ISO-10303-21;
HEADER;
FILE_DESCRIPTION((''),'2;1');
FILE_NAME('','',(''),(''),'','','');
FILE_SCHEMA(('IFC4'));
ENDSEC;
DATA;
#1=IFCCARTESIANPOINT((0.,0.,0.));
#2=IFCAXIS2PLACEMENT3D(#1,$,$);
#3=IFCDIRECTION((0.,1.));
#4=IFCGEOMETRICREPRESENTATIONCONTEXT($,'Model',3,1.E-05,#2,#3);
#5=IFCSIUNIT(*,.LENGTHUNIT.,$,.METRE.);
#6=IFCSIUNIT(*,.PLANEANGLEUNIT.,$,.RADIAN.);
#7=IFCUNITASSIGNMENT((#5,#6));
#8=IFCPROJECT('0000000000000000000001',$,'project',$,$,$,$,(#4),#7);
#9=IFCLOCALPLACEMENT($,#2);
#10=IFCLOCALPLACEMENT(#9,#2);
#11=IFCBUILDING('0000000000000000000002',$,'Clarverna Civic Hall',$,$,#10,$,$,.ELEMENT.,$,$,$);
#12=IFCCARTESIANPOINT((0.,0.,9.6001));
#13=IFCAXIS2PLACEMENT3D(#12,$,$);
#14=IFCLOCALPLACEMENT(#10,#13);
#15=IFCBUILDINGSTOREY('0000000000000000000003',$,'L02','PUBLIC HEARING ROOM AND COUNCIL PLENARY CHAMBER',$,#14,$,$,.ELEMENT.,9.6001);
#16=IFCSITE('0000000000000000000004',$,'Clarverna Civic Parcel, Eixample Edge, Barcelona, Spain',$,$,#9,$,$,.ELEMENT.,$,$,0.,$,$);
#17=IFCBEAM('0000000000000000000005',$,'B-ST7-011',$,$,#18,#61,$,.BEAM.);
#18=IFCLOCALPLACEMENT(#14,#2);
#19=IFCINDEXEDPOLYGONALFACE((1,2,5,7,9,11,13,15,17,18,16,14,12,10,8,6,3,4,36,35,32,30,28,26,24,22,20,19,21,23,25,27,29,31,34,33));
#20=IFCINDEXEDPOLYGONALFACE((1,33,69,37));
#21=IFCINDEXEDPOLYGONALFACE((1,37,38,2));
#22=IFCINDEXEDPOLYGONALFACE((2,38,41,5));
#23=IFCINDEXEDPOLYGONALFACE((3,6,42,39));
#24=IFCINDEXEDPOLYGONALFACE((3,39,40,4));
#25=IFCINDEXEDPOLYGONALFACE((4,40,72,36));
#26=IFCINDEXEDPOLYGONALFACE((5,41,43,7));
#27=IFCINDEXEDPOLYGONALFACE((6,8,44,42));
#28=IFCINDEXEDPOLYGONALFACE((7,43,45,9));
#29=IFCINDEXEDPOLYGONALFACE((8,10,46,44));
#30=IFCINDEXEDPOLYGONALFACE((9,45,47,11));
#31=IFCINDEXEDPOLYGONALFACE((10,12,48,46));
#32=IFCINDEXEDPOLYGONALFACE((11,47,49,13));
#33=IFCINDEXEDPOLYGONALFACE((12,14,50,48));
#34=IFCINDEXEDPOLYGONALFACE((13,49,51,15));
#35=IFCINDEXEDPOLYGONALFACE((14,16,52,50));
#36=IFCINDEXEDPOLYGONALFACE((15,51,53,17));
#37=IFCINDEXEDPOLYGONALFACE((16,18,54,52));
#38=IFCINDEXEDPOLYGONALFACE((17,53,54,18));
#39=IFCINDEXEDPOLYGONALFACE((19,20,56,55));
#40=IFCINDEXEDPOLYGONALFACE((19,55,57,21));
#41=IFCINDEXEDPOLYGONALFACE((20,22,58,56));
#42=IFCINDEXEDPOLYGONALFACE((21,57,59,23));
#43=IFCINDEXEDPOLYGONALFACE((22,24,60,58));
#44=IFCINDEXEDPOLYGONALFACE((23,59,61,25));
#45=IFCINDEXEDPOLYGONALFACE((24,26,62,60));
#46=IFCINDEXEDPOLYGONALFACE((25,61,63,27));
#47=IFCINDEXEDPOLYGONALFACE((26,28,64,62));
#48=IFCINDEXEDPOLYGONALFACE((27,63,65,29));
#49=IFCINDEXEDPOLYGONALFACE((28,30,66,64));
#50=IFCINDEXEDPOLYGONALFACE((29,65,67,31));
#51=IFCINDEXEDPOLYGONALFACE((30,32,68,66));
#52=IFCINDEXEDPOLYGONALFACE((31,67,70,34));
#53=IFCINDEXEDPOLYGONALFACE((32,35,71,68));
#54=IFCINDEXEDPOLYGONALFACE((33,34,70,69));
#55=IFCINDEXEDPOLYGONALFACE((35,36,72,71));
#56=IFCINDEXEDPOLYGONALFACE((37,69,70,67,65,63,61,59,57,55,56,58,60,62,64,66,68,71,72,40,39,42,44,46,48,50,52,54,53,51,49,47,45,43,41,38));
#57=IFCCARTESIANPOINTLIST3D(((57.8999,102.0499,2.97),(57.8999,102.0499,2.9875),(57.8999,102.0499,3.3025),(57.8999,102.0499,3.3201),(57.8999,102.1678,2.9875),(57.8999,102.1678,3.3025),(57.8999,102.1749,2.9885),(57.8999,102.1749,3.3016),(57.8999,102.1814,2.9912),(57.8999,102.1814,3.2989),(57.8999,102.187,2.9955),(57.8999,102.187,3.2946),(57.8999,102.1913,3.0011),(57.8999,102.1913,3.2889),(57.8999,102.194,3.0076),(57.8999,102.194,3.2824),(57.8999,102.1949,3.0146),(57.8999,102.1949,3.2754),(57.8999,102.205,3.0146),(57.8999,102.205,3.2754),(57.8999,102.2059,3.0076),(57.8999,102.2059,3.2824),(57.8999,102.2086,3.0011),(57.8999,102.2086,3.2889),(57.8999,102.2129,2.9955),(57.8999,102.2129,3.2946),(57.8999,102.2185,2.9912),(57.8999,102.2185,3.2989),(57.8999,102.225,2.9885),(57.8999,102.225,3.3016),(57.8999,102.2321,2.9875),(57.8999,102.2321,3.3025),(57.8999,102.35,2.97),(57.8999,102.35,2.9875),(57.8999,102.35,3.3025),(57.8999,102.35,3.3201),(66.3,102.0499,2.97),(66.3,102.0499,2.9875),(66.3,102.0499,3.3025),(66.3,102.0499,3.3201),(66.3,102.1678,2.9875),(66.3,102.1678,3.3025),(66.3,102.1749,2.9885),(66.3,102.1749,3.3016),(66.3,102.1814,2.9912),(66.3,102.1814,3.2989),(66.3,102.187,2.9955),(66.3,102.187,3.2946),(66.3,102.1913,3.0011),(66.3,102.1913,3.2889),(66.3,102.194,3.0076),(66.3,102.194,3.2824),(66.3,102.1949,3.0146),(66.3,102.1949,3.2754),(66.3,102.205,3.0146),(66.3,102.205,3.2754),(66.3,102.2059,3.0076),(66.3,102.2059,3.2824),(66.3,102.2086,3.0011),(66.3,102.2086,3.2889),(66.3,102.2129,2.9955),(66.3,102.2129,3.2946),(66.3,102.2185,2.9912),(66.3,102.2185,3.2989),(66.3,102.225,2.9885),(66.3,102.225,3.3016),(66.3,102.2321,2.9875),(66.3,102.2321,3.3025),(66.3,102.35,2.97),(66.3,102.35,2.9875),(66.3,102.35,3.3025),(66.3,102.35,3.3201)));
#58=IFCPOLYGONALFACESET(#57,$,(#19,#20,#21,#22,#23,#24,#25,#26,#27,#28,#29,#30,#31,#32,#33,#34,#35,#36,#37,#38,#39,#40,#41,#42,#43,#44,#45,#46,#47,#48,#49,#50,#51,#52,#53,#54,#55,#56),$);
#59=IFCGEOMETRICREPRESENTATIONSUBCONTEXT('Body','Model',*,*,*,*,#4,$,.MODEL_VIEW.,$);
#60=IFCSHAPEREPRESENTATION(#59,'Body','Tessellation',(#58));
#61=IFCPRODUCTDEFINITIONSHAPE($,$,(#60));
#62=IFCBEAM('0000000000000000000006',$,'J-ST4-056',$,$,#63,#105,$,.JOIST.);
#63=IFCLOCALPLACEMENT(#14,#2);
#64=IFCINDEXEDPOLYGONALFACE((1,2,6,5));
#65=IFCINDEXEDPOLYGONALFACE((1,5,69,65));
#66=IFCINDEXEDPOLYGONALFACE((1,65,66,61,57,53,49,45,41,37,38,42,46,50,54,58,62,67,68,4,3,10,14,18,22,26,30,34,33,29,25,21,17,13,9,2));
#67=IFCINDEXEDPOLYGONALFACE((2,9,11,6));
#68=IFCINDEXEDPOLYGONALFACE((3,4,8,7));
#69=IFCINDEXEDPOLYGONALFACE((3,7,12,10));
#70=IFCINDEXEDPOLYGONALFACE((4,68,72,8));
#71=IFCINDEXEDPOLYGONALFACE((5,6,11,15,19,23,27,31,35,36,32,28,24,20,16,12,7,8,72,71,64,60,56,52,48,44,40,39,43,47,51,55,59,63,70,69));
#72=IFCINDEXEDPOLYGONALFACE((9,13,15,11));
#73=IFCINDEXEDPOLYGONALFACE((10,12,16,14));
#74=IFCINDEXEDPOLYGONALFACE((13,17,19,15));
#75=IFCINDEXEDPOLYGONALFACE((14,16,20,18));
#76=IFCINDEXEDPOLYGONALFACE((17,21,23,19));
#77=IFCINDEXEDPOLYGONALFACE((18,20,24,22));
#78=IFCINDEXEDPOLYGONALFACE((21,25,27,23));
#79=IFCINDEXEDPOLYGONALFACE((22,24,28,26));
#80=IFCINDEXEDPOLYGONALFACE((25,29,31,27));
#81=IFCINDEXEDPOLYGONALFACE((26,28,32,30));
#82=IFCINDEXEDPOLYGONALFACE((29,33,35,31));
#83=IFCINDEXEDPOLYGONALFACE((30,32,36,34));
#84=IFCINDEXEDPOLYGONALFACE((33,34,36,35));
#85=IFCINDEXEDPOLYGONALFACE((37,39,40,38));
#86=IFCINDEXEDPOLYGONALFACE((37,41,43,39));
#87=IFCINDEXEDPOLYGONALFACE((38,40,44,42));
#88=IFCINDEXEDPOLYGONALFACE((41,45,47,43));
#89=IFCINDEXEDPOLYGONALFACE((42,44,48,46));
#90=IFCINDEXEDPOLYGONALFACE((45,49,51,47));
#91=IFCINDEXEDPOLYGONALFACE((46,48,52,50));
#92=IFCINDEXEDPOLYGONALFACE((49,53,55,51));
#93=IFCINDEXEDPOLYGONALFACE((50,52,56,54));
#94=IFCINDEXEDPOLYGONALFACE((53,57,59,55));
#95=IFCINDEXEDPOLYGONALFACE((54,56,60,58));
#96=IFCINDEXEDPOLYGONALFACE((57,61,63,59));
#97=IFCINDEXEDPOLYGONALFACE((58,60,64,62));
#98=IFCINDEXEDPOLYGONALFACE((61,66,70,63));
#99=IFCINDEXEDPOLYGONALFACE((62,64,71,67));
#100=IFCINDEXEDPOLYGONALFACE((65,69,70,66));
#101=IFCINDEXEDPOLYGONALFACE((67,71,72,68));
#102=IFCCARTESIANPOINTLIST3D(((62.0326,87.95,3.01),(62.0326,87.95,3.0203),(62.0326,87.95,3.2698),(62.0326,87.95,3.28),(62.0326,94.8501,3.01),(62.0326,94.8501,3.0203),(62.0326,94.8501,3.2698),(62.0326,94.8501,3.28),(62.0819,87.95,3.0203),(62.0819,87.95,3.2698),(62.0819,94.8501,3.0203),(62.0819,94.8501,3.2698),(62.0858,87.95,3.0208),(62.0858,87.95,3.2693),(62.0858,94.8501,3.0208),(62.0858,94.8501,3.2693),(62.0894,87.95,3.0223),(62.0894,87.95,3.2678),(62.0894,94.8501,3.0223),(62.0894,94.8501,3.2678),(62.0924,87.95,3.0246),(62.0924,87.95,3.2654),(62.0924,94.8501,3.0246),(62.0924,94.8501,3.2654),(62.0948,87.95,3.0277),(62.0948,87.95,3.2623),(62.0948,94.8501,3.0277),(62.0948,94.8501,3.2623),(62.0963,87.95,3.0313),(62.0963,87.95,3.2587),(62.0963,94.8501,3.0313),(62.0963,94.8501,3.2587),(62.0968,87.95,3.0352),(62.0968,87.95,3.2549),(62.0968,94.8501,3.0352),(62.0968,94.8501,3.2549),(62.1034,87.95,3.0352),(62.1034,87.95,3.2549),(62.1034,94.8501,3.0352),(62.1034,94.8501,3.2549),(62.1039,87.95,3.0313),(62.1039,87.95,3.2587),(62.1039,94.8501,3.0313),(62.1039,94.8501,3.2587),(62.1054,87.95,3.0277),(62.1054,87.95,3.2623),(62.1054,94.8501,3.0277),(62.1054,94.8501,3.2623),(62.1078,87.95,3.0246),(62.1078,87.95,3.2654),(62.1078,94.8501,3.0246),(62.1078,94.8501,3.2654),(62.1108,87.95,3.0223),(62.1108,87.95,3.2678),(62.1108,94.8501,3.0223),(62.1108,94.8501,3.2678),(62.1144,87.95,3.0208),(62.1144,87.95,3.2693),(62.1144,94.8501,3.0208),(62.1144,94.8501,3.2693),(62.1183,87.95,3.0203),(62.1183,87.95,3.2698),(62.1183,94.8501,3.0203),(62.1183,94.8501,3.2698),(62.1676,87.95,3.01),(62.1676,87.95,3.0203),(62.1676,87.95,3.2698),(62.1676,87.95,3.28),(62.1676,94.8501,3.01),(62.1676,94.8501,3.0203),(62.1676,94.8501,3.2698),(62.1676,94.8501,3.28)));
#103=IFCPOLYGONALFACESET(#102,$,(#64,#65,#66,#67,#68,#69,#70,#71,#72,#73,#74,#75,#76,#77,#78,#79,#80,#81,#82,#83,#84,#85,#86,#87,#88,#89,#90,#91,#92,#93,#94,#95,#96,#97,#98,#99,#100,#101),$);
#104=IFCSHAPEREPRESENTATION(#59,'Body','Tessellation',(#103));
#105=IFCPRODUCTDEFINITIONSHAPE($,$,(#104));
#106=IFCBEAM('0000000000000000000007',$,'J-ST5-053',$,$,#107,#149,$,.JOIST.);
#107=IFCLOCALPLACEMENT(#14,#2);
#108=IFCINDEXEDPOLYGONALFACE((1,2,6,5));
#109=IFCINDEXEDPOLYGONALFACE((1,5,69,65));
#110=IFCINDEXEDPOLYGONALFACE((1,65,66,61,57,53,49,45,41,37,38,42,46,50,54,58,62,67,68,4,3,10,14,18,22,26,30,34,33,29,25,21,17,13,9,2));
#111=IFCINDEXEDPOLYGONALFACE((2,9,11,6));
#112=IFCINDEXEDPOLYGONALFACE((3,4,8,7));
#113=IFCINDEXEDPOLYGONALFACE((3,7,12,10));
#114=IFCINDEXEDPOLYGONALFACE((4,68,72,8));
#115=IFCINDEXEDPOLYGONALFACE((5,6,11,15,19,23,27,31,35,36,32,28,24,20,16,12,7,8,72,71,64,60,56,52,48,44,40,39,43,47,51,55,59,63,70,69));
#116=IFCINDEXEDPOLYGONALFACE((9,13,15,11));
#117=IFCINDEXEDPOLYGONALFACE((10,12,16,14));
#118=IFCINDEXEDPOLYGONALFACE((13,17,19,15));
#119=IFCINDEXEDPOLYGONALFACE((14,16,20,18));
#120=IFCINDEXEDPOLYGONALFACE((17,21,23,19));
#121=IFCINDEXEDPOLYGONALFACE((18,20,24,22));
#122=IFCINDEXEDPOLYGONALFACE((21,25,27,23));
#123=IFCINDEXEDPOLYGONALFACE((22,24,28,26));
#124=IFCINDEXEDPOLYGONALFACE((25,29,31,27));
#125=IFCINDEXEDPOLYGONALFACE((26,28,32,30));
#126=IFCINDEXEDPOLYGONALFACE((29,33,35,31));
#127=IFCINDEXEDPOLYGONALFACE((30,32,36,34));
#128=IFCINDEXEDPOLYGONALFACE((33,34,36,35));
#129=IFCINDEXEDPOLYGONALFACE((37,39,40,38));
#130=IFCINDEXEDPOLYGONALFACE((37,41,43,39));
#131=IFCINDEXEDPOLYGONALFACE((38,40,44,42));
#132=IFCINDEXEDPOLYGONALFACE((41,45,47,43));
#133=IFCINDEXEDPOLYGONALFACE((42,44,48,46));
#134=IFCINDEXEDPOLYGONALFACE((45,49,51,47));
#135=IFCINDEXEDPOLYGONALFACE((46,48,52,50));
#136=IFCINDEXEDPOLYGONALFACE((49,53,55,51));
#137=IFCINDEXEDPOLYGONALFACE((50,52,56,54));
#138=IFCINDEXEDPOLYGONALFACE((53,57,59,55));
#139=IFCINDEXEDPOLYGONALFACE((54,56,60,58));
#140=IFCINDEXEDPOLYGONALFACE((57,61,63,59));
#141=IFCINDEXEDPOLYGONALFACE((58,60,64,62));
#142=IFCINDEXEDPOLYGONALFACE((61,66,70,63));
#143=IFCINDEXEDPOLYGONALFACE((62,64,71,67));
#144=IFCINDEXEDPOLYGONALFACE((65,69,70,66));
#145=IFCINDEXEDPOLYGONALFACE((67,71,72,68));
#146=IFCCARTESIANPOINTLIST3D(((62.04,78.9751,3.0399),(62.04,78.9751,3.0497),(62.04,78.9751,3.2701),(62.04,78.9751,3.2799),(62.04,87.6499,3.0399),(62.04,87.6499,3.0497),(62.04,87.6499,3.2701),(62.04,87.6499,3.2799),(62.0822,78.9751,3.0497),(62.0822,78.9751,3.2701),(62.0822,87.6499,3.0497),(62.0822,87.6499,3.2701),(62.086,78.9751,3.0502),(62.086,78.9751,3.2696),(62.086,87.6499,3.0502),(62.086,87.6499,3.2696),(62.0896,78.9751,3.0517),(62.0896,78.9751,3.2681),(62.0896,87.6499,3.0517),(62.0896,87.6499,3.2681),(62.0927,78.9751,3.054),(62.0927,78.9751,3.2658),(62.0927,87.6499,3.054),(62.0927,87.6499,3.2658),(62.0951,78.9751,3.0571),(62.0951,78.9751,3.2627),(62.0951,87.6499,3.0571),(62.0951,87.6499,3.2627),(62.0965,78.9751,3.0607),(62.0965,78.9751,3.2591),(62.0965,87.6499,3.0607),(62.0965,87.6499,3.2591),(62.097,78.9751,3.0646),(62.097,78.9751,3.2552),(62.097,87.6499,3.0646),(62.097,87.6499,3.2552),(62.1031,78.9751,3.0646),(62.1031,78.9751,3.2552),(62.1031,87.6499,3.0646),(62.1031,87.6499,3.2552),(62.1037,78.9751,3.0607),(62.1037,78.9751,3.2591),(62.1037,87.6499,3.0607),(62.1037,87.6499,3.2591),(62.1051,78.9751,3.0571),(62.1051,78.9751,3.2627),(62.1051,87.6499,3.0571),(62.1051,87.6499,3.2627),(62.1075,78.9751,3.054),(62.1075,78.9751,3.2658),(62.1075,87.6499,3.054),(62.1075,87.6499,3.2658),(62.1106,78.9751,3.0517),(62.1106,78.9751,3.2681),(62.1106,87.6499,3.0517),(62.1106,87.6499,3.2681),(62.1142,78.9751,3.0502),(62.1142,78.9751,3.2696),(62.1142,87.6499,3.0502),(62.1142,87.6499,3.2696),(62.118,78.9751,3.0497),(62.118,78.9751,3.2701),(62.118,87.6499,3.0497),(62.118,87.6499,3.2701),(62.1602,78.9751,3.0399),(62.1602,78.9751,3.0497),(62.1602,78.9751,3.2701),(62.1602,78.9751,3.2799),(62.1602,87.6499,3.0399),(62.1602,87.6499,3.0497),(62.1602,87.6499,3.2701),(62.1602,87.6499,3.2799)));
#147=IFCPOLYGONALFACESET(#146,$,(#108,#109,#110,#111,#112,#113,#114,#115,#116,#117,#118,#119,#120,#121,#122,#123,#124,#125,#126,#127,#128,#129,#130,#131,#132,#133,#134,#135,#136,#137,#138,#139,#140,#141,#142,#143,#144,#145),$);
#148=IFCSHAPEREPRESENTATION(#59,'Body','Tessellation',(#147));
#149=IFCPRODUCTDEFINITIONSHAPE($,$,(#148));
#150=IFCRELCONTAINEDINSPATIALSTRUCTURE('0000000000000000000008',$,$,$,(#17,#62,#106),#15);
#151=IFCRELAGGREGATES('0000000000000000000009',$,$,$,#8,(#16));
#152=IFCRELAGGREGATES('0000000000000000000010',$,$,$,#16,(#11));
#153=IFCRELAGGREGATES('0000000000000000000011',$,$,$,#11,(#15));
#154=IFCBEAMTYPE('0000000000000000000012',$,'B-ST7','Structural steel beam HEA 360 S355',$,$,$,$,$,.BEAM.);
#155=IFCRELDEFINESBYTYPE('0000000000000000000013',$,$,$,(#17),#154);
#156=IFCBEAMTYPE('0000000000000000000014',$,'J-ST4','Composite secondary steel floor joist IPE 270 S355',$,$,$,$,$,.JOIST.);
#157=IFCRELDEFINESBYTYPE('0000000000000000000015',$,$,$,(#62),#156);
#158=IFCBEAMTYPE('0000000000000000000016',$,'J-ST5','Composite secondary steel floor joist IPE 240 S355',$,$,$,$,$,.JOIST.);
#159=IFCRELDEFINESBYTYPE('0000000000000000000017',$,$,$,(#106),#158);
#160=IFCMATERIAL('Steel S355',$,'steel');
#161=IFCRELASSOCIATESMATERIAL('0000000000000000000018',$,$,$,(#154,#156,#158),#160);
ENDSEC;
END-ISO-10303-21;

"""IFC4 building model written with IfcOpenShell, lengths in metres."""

from ifc_helpers import new_model, si_unit, direction, frame, origin, origin_2d, place, context, subcontext, project, spatial, i_section, extrude, material, material_profile, profile_set, type_object, element, save


model = new_model("IFC4")

# Units and contexts
model_context = context("Model", 3, precision=1e-05, world=origin(), true_north=direction((0.0, 1.0)))
body_context = subcontext(model_context, "Body", "Model", "MODEL_VIEW")
ifc_project = project(units=[si_unit("LENGTHUNIT", "METRE"), si_unit("PLANEANGLEUNIT", "RADIAN")], contexts=[model_context])

# Site, building, storey
site_placement = place(None, origin())
site = spatial("IfcSite", under=ifc_project, at=site_placement, Name="Clarverna Civic Parcel, Eixample Edge, Barcelona, Spain", CompositionType="ELEMENT", RefElevation=0.0)
building_placement = place(site_placement, origin())
building = spatial("IfcBuilding", under=site, at=building_placement, Name="Clarverna Civic Hall", CompositionType="ELEMENT")
storey_placement = place(building_placement, frame((0.0, 0.0, 9.6001)))
storey = spatial("IfcBuildingStorey", under=building, at=storey_placement, Name="L02", Description="PUBLIC HEARING ROOM AND COUNCIL PLENARY CHAMBER", CompositionType="ELEMENT", Elevation=9.6001)

# Beams
ifc_material_1 = material(Name="Steel S355", Category="steel")
ifc_material_profile_1 = material_profile(ifc_material_1, i_section(OverallWidth=0.3, OverallDepth=0.3501, WebThickness=0.01, FlangeThickness=0.0176, FilletRadius=0.0271, at=origin_2d()), Name="HEA 360")
ifc_profile_set_1 = profile_set([ifc_material_profile_1], Name="Steel S355")
beam_type_1 = type_object("IfcBeamType", Name="B-ST7", Description="Structural steel beam HEA 360 S355", PredefinedType="BEAM", material=ifc_profile_set_1)
beam_1_placement = place(storey_placement, frame((57.8999, 102.2, 3.145), z_axis=(1.0, 0.0, 0.0), x_axis=(0.0, 1.0, 0.0)))
element("IfcBeam", 1, at=beam_1_placement, inside=storey, type_object=beam_type_1, Name="B-ST7-011", PredefinedType="BEAM", context=body_context, shape_type="SweptSolid", body=[
    extrude(i_section(OverallWidth=0.3, OverallDepth=0.3501, WebThickness=0.01, FlangeThickness=0.0176, FilletRadius=0.0271, at=origin_2d()), origin(), (0.0, 0.0, 1.0), 8.4001),
])
ifc_material_profile_2 = material_profile(ifc_material_1, i_section(OverallWidth=0.135, OverallDepth=0.27, WebThickness=0.0066, FlangeThickness=0.0103, FilletRadius=0.0149, at=origin_2d()), Name="IPE 270")
ifc_profile_set_2 = profile_set([ifc_material_profile_2], Name="Steel S355")
beam_type_2 = type_object("IfcBeamType", Name="J-ST4", Description="Composite secondary steel floor joist IPE 270 S355", PredefinedType="JOIST", material=ifc_profile_set_2)
beam_2_placement = place(storey_placement, frame((62.1001, 87.95, 3.145), z_axis=(0.0, 1.0, 0.0), x_axis=(-1.0, 0.0, 0.0)))
element("IfcBeam", 2, at=beam_2_placement, inside=storey, type_object=beam_type_2, Name="J-ST4-056", PredefinedType="JOIST", context=body_context, shape_type="SweptSolid", body=[
    extrude(i_section(OverallWidth=0.135, OverallDepth=0.27, WebThickness=0.0066, FlangeThickness=0.0103, FilletRadius=0.0149, at=origin_2d()), origin(), (0.0, 0.0, 1.0), 6.9001),
])
ifc_material_profile_3 = material_profile(ifc_material_1, i_section(OverallWidth=0.1201, OverallDepth=0.24, WebThickness=0.0061, FlangeThickness=0.0098, FilletRadius=0.0149, at=origin_2d()), Name="IPE 240")
ifc_profile_set_3 = profile_set([ifc_material_profile_3], Name="Steel S355")
beam_type_3 = type_object("IfcBeamType", Name="J-ST5", Description="Composite secondary steel floor joist IPE 240 S355", PredefinedType="JOIST", material=ifc_profile_set_3)
beam_3_placement = place(storey_placement, frame((62.1001, 78.9751, 3.1599), z_axis=(0.0, 1.0, 0.0), x_axis=(-1.0, 0.0, 0.0)))
element("IfcBeam", 3, at=beam_3_placement, inside=storey, type_object=beam_type_3, Name="J-ST5-053", PredefinedType="JOIST", context=body_context, shape_type="SweptSolid", body=[
    extrude(i_section(OverallWidth=0.1201, OverallDepth=0.24, WebThickness=0.0061, FlangeThickness=0.0098, FilletRadius=0.0149, at=origin_2d()), origin(), (0.0, 0.0, 1.0), 8.6748),
])

save(model, "model.ifc")
